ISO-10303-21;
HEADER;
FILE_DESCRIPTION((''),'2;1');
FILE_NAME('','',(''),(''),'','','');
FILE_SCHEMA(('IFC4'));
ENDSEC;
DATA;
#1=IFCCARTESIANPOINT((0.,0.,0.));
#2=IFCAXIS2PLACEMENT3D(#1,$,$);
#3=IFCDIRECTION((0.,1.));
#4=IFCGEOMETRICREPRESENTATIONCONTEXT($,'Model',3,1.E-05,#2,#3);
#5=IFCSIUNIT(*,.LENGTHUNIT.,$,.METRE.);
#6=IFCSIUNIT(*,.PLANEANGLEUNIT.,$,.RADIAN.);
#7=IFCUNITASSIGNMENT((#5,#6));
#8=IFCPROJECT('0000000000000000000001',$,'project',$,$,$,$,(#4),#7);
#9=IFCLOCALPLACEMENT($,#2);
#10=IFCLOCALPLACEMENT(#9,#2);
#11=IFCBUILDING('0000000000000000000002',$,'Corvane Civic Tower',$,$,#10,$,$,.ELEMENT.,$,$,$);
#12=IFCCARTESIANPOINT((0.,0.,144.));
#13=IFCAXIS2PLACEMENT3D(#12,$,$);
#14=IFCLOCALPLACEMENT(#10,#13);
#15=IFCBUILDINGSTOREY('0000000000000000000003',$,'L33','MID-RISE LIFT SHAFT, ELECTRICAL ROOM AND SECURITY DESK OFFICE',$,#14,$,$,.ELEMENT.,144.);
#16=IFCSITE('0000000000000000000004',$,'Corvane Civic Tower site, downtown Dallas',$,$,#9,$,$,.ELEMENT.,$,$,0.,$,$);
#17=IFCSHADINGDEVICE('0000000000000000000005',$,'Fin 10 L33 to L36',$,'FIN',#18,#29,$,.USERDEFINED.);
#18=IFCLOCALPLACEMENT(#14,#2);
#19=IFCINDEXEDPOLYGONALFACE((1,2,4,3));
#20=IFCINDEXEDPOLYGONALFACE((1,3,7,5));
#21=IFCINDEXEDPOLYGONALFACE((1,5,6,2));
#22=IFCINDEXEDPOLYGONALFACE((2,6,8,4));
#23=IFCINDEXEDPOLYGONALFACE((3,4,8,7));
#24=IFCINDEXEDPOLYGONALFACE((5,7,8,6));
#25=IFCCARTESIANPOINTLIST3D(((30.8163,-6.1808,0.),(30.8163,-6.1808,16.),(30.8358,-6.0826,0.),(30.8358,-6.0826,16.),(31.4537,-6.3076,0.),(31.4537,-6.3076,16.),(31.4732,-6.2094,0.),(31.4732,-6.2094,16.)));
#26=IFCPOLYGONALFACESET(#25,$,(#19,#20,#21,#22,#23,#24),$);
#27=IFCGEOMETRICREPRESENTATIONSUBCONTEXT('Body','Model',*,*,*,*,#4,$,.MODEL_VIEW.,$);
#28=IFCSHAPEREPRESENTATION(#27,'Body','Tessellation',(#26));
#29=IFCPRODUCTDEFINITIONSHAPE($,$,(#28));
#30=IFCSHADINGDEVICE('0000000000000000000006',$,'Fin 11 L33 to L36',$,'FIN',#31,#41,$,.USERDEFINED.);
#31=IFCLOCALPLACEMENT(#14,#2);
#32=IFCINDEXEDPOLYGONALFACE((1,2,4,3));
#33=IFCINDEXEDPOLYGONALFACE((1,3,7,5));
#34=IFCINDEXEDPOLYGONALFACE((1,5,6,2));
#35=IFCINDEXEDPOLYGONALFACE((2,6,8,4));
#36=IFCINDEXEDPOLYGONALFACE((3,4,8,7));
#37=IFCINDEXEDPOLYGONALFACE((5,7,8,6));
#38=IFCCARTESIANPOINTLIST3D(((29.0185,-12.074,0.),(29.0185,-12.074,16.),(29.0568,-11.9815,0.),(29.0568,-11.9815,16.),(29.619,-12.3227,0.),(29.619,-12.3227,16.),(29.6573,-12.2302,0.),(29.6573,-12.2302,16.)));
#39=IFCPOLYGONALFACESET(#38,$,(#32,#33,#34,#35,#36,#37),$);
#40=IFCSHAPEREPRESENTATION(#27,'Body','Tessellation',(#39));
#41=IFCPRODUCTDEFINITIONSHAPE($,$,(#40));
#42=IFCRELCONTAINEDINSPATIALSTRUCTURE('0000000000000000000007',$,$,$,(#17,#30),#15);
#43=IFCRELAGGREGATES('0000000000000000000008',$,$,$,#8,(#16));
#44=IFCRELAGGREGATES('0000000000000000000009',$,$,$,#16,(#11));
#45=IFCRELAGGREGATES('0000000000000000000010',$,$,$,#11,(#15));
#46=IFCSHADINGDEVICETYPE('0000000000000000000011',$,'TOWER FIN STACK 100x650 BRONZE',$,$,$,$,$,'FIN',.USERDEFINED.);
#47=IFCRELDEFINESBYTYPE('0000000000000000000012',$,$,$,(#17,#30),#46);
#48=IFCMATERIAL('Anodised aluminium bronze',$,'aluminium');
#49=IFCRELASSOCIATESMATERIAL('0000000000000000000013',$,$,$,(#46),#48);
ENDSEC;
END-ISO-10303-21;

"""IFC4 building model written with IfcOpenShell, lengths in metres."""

from ifc_helpers import new_model, si_unit, direction, frame, origin, origin_2d, place, context, subcontext, project, spatial, rectangle, extrude, material, material_profile, profile_set, type_object, element, save


model = new_model("IFC4")

# Units and contexts
model_context = context("Model", 3, precision=1e-05, world=origin(), true_north=direction((0.0, 1.0)))
body_context = subcontext(model_context, "Body", "Model", "MODEL_VIEW")
ifc_project = project(units=[si_unit("LENGTHUNIT", "METRE"), si_unit("PLANEANGLEUNIT", "RADIAN")], contexts=[model_context])

# Site, building, storey
site_placement = place(None, origin())
site = spatial("IfcSite", under=ifc_project, at=site_placement, Name="Corvane Civic Tower site, downtown Dallas", CompositionType="ELEMENT", RefElevation=0.0)
building_placement = place(site_placement, origin())
building = spatial("IfcBuilding", under=site, at=building_placement, Name="Corvane Civic Tower", CompositionType="ELEMENT")
storey_placement = place(building_placement, frame((0.0, 0.0, 144.0)))
storey = spatial("IfcBuildingStorey", under=building, at=storey_placement, Name="L33", Description="MID-RISE LIFT SHAFT, ELECTRICAL ROOM AND SECURITY DESK OFFICE", CompositionType="ELEMENT", Elevation=144.0)

# Shading devices
ifc_material_1 = material(Name="Anodised aluminium bronze", Category="aluminium")
ifc_material_profile_1 = material_profile(ifc_material_1, rectangle(XDim=0.1001, YDim=0.6499, at=origin_2d()), Name="TOWER FIN STACK 100x650 BRONZE")
ifc_profile_set_1 = profile_set([ifc_material_profile_1], Name="Anodised aluminium bronze")
shading_device_type = type_object("IfcShadingDeviceType", Name="TOWER FIN STACK 100x650 BRONZE", ElementType="FIN", PredefinedType="USERDEFINED", material=ifc_profile_set_1)
for number, where, z_axis, x_axis, name in (
    (1, (31.1448, -6.1951, 0.0), (0.0, 0.0, 1.0), (-0.19509, -0.980785, 0.0), "Fin 10 L33 to L36"),
    (2, (29.3379, -12.1521, 0.0), (0.0, 0.0, 1.0), (-0.382683, -0.92388, 0.0), "Fin 11 L33 to L36"),
):
    element("IfcShadingDevice", number, at=place(storey_placement, frame(where, z_axis=z_axis, x_axis=x_axis)), inside=storey, type_object=shading_device_type, Name=name, ObjectType="FIN", PredefinedType="USERDEFINED", context=body_context, shape_type="SweptSolid", body=[
        extrude(rectangle(XDim=0.1001, YDim=0.6499, at=origin_2d()), origin(), (0.0, 0.0, 1.0), 16.0),
    ])

save(model, "model.ifc")
